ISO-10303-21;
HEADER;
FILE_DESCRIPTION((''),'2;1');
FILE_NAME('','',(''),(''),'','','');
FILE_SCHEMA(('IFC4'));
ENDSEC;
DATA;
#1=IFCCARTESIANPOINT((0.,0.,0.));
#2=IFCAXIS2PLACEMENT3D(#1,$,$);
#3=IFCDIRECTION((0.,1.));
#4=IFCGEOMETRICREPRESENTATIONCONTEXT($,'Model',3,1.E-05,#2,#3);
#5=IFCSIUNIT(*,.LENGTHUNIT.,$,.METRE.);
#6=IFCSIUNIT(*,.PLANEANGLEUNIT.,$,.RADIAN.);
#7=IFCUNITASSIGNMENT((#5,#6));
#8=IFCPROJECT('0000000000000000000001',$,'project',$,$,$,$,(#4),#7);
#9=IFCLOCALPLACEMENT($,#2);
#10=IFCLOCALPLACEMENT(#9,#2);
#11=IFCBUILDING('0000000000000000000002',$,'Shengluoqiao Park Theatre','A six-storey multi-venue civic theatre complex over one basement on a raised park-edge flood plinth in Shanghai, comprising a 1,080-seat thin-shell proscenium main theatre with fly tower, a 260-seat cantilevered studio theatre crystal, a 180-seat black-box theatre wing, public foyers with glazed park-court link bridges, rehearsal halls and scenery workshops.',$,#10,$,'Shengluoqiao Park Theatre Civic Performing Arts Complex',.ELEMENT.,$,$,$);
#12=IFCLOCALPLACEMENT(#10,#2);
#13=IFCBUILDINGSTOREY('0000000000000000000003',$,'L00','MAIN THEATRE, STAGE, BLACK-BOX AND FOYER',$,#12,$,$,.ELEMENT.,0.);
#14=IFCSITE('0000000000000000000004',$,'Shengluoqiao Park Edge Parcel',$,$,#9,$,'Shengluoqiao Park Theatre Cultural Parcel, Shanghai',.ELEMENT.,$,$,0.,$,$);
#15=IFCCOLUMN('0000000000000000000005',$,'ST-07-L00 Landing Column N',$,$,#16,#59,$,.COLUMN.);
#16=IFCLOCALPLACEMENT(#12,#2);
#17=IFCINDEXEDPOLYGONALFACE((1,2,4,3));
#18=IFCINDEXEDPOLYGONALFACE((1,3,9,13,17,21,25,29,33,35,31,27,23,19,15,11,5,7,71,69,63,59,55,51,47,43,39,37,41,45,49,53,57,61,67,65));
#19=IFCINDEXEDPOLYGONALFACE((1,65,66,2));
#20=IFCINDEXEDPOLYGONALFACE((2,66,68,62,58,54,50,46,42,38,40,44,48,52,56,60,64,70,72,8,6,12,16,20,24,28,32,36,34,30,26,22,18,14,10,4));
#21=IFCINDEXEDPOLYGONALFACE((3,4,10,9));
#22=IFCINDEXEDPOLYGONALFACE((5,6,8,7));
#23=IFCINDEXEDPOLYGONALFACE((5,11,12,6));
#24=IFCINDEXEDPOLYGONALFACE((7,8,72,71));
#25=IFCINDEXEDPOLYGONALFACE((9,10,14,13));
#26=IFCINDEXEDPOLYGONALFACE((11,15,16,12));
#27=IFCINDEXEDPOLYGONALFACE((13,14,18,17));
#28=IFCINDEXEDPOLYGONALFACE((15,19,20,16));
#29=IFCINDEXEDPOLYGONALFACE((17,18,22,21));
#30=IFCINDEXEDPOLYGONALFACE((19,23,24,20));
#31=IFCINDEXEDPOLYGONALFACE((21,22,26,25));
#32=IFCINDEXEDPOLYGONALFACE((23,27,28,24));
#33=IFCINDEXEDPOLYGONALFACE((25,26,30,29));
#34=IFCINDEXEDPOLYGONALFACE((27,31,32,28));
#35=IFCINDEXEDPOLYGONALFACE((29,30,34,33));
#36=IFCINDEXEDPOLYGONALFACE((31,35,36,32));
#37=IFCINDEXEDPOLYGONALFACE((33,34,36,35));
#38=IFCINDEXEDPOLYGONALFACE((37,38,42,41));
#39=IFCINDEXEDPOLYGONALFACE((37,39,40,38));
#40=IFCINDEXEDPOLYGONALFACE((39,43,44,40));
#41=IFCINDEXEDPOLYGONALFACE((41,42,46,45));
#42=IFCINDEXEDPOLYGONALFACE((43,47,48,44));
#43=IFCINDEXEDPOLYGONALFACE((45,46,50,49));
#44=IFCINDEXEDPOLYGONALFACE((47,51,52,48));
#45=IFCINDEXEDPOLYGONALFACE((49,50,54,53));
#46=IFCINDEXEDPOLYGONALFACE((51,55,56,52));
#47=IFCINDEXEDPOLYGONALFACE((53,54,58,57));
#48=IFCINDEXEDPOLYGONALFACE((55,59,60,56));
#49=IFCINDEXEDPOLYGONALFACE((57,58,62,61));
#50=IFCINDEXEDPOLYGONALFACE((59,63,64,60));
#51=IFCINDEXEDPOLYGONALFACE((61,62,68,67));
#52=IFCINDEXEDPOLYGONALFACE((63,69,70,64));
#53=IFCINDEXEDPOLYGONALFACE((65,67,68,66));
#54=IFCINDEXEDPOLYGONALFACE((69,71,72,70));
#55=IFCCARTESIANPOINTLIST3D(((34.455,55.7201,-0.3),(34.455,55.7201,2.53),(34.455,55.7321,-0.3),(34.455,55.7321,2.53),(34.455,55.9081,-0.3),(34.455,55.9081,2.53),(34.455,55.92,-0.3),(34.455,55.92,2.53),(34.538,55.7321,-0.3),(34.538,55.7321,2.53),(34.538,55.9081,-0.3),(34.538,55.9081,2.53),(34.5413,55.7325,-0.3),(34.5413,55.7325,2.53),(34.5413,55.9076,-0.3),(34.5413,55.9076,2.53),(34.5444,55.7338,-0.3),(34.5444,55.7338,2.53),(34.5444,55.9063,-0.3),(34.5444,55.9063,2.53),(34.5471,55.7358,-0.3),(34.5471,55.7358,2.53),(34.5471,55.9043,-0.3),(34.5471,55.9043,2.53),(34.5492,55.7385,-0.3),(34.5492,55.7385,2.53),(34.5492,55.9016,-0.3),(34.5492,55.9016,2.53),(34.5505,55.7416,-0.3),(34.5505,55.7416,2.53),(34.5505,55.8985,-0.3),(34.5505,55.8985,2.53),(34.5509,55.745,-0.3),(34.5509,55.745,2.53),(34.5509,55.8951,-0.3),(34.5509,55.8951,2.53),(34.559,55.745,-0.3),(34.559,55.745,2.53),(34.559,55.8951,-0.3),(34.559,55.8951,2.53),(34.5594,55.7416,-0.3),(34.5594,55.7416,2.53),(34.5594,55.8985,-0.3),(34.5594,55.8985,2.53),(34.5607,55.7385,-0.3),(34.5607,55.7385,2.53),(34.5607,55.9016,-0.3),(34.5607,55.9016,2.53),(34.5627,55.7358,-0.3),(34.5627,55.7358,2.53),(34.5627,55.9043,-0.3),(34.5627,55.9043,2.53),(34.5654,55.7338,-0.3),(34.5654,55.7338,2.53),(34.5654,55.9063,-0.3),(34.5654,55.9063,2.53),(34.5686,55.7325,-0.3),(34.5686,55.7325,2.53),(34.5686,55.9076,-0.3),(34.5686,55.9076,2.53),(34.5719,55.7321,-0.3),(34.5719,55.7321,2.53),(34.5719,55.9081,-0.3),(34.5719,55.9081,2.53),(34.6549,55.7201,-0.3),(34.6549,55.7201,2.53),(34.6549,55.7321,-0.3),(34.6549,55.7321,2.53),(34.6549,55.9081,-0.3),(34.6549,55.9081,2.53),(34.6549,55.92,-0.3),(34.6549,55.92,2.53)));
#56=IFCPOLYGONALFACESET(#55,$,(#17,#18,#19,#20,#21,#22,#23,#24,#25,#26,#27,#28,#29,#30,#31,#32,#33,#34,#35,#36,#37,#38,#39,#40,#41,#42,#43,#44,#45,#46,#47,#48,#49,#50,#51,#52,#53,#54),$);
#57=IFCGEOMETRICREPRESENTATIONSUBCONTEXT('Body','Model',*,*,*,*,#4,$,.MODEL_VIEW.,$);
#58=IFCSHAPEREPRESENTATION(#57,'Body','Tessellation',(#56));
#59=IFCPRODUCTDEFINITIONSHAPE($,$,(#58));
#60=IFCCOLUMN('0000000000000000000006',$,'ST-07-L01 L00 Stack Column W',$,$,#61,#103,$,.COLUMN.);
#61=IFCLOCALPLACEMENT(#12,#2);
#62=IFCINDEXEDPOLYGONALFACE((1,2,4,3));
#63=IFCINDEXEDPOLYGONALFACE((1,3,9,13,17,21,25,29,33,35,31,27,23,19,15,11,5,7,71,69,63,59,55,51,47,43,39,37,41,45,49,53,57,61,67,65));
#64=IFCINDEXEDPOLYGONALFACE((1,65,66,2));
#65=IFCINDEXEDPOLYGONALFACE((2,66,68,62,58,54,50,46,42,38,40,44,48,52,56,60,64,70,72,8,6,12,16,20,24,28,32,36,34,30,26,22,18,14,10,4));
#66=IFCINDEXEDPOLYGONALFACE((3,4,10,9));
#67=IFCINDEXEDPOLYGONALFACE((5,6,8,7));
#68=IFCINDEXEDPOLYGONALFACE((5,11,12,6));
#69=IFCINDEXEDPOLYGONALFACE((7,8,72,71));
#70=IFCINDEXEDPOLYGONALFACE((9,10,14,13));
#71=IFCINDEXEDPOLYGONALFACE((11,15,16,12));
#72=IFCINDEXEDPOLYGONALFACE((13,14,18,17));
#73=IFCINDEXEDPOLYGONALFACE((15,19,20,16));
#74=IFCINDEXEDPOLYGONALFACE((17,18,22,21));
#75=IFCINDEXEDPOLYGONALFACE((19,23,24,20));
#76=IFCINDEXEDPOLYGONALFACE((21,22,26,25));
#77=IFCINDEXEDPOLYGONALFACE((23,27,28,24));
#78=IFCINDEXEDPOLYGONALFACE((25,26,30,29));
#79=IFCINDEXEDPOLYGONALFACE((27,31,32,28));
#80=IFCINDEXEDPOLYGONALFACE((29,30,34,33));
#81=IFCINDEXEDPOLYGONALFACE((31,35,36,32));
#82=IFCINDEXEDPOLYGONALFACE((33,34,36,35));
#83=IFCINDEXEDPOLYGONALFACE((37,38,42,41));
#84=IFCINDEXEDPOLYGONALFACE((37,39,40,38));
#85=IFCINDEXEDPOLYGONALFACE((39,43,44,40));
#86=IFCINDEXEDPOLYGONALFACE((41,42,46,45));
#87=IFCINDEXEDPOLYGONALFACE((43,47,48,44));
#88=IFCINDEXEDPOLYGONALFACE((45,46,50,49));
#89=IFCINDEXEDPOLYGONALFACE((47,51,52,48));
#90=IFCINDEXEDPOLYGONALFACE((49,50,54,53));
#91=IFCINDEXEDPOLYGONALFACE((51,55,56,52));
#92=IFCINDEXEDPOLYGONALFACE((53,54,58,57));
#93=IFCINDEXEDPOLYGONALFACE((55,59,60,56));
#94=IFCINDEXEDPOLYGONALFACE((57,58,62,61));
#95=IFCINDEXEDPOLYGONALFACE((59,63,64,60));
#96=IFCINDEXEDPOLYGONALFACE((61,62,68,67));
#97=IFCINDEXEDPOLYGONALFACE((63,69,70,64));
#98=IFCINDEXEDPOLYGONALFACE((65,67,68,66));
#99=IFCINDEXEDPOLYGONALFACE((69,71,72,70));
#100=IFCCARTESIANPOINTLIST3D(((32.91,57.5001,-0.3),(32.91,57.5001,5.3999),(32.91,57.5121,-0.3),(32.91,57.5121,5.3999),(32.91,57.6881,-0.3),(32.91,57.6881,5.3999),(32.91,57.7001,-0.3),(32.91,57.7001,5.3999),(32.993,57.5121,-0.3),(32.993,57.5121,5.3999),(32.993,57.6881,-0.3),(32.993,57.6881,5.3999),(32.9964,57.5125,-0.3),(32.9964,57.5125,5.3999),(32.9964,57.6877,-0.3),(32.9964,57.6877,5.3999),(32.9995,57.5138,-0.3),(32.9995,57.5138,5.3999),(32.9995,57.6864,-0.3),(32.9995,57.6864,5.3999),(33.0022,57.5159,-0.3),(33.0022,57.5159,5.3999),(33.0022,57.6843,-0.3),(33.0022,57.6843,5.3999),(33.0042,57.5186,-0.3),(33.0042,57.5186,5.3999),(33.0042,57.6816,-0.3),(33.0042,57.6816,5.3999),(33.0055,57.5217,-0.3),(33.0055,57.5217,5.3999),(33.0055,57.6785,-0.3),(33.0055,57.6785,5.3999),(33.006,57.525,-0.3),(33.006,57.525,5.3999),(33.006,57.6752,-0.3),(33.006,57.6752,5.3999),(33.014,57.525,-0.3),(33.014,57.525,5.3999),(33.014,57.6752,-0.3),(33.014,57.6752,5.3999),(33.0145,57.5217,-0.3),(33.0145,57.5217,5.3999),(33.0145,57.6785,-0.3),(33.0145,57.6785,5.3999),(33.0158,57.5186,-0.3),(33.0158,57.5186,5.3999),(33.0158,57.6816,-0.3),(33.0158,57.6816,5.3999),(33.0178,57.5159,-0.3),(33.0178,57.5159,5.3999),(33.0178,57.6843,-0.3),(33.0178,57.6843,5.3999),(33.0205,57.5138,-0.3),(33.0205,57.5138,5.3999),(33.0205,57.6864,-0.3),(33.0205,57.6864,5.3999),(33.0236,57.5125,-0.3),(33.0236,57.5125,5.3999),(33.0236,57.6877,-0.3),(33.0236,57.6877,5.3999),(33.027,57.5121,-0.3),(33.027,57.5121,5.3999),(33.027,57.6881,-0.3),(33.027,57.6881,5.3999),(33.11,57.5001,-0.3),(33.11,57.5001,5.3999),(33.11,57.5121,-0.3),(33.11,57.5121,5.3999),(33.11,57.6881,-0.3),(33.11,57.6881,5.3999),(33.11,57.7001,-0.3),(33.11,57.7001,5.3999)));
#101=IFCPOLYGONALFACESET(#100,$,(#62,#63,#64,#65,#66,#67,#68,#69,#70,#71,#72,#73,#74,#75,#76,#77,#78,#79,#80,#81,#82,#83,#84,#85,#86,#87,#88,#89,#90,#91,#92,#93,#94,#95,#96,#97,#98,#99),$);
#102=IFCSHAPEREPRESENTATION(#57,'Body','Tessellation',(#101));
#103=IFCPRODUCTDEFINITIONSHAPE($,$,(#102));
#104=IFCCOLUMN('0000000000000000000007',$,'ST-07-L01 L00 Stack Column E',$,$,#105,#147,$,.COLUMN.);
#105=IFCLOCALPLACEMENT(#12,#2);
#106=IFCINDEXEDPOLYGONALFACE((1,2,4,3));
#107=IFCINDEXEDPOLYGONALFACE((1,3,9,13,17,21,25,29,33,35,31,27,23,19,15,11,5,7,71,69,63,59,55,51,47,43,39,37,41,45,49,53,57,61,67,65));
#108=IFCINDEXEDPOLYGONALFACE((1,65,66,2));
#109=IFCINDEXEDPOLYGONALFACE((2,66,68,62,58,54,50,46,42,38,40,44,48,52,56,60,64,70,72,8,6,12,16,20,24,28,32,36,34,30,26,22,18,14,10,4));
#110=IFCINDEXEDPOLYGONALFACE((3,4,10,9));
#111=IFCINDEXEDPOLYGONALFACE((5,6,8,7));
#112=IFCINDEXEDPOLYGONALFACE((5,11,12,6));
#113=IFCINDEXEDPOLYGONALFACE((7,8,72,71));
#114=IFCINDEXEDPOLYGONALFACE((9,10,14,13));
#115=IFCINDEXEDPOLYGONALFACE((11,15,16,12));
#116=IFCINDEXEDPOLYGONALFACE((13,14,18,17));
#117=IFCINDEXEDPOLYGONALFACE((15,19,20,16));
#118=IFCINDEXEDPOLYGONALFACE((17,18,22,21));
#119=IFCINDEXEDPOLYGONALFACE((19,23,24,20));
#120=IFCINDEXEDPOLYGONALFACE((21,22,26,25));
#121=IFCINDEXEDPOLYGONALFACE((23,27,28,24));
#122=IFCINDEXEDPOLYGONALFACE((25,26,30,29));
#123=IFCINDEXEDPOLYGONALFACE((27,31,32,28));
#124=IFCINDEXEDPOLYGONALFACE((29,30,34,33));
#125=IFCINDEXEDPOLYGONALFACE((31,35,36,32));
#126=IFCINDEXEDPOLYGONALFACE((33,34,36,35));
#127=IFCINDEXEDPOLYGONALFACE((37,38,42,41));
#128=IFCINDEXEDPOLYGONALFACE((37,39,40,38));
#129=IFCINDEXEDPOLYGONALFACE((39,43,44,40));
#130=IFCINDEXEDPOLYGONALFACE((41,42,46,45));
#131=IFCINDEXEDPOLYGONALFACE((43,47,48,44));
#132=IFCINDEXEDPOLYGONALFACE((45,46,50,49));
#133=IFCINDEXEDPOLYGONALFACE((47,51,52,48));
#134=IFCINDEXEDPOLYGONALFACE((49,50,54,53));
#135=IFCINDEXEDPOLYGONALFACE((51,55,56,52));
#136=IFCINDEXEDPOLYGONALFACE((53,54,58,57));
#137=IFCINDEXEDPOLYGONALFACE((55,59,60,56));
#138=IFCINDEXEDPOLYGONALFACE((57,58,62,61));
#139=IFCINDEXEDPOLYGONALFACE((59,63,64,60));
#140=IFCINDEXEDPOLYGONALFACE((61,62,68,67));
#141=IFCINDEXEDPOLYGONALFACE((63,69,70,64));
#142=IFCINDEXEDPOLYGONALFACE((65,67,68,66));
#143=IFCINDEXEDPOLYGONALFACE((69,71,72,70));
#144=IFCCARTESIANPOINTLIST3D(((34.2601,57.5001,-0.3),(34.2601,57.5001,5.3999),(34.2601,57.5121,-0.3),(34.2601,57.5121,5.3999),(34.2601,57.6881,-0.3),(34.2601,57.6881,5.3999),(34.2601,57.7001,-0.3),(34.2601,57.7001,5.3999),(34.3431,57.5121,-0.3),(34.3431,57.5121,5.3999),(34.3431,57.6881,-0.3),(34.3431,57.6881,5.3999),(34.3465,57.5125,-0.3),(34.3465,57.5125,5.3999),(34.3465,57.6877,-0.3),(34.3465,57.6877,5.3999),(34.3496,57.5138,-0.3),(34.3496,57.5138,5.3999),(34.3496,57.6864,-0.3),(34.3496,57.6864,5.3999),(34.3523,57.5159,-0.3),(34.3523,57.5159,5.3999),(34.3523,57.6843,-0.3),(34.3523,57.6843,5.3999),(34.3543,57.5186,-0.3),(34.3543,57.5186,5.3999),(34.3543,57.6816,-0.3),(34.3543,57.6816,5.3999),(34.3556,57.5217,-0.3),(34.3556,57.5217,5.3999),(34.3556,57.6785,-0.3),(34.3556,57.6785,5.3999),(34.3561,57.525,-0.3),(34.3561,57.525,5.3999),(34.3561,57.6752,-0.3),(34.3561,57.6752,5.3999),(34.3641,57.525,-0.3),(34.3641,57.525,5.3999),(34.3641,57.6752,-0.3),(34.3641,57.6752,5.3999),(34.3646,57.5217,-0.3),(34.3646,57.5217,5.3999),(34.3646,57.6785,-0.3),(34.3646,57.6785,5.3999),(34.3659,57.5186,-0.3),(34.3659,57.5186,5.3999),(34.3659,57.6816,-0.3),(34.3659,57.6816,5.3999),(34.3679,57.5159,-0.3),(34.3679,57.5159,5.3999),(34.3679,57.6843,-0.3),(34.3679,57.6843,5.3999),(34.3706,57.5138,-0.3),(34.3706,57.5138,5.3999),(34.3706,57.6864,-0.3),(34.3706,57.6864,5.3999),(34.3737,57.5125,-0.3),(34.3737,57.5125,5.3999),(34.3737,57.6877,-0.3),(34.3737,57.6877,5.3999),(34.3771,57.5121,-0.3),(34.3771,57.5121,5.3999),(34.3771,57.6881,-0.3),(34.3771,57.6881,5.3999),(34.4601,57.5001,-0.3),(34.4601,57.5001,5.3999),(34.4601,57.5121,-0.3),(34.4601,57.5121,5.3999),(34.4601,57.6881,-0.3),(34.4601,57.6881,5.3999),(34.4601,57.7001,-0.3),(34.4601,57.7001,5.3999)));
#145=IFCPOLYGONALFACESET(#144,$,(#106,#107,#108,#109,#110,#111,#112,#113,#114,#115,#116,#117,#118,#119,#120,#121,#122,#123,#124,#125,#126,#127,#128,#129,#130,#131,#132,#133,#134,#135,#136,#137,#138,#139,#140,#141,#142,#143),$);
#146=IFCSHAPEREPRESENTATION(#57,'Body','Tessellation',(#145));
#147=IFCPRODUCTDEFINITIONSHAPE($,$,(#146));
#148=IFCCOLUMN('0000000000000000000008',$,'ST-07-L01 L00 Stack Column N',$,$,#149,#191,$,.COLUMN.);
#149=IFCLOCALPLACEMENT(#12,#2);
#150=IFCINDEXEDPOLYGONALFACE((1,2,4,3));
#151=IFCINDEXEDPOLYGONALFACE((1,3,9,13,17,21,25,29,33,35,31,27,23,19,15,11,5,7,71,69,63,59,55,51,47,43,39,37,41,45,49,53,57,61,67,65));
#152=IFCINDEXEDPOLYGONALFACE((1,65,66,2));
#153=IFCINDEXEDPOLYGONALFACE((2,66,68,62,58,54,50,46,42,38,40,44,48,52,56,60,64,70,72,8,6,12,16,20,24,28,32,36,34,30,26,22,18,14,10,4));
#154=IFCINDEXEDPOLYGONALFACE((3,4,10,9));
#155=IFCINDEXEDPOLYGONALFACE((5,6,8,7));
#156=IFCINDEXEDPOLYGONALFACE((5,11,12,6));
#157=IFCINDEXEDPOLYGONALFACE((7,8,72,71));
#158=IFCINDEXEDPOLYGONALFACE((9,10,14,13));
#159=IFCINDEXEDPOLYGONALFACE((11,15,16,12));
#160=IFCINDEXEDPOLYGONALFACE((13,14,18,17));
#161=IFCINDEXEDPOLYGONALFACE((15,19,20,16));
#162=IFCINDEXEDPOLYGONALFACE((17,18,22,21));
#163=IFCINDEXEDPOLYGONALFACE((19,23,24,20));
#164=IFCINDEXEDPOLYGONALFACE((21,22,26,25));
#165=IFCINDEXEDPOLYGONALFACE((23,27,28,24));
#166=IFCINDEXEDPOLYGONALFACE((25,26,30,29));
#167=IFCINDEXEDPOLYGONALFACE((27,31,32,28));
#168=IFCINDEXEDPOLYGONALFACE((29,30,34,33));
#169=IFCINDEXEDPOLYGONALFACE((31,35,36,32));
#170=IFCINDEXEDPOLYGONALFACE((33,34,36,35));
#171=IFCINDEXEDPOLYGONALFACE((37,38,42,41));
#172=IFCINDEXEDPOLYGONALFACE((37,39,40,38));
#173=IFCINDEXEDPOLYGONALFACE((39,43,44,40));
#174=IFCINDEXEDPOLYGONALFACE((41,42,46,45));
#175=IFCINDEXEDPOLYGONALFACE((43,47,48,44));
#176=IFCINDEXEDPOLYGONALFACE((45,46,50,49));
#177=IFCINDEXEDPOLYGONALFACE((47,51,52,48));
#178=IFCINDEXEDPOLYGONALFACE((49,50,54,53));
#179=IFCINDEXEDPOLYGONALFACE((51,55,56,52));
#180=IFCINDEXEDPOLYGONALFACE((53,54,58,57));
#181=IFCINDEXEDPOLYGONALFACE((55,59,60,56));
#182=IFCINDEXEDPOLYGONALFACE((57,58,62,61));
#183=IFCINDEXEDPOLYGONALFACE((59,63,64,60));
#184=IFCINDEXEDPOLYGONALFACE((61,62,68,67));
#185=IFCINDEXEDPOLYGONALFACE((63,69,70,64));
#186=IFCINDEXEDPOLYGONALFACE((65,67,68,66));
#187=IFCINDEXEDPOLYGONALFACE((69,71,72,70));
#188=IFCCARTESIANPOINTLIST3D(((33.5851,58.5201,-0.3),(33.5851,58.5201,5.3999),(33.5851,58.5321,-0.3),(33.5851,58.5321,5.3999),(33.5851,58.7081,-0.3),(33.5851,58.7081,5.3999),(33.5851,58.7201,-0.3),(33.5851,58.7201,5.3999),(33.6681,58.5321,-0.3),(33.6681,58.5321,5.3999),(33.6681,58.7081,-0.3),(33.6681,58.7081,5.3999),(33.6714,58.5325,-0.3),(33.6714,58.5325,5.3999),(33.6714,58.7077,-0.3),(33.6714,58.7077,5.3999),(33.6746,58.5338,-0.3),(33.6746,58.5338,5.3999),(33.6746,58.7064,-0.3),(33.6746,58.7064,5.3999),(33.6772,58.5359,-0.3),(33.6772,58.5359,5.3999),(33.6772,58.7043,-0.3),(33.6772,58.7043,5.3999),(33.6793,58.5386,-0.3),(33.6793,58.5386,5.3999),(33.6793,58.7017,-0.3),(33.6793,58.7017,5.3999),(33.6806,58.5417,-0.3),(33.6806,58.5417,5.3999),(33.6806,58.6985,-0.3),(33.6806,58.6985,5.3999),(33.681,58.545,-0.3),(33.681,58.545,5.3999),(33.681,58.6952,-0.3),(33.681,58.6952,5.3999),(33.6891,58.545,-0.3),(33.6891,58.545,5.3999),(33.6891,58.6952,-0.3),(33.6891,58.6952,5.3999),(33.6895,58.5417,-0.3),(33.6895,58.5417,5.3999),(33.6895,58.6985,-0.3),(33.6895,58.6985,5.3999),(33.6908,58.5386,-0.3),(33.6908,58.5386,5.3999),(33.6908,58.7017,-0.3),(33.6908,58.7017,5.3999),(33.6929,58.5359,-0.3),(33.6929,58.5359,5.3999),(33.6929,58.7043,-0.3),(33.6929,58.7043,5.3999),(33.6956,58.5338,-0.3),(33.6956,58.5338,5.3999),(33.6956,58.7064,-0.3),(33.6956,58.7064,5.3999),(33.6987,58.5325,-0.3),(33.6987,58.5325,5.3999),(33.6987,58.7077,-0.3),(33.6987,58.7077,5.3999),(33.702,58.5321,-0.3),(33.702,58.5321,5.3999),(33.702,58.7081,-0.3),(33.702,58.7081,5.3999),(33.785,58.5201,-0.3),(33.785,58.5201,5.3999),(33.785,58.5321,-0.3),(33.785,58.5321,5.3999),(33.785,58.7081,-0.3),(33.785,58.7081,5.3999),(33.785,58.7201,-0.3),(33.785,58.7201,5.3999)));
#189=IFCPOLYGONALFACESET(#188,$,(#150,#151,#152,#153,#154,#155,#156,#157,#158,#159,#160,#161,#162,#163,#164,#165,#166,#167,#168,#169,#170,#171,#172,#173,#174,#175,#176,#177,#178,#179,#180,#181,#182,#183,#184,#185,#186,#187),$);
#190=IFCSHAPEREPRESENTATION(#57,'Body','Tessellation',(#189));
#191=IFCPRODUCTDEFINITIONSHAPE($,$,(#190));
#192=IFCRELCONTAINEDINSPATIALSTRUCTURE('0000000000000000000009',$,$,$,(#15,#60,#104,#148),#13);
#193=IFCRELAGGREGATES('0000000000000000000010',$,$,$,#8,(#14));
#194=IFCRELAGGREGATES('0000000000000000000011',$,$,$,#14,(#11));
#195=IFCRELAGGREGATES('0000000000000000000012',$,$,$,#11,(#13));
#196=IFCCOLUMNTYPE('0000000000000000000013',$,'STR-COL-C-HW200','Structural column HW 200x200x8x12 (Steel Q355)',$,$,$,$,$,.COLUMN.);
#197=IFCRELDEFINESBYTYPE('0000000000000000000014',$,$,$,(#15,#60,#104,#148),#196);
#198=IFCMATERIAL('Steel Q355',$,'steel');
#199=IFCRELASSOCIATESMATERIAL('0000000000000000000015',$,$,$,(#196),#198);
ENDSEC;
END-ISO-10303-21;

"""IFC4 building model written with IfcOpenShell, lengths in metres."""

from ifc_helpers import new_model, si_unit, direction, frame, origin, origin_2d, place, context, subcontext, project, spatial, i_section, extrude, material, material_profile, profile_set, type_object, element, save


model = new_model("IFC4")

# Units and contexts
model_context = context("Model", 3, precision=1e-05, world=origin(), true_north=direction((0.0, 1.0)))
body_context = subcontext(model_context, "Body", "Model", "MODEL_VIEW")
ifc_project = project(units=[si_unit("LENGTHUNIT", "METRE"), si_unit("PLANEANGLEUNIT", "RADIAN")], contexts=[model_context])

# Site, building, storey
site_placement = place(None, origin())
site = spatial("IfcSite", under=ifc_project, at=site_placement, Name="Shengluoqiao Park Edge Parcel", LongName="Shengluoqiao Park Theatre Cultural Parcel, Shanghai", CompositionType="ELEMENT", RefElevation=0.0)
building_placement = place(site_placement, origin())
building = spatial("IfcBuilding", under=site, at=building_placement, Name="Shengluoqiao Park Theatre", Description="A six-storey multi-venue civic theatre complex over one basement on a raised park-edge flood plinth in Shanghai, comprising a 1,080-seat thin-shell proscenium main theatre with fly tower, a 260-seat cantilevered studio theatre crystal, a 180-seat black-box theatre wing, public foyers with glazed park-court link bridges, rehearsal halls and scenery workshops.", LongName="Shengluoqiao Park Theatre Civic Performing Arts Complex", CompositionType="ELEMENT")
storey_placement = place(building_placement, origin())
storey = spatial("IfcBuildingStorey", under=building, at=storey_placement, Name="L00", Description="MAIN THEATRE, STAGE, BLACK-BOX AND FOYER", CompositionType="ELEMENT", Elevation=0.0)

# Columns
ifc_material_1 = material(Name="Steel Q355", Category="steel")
ifc_material_profile_1 = material_profile(ifc_material_1, i_section(OverallWidth=0.2, OverallDepth=0.2, WebThickness=0.0081, FlangeThickness=0.012, FilletRadius=0.0129, at=origin_2d()), Name="HW 200x200x8x12")
ifc_profile_set_1 = profile_set([ifc_material_profile_1], Name="Steel Q355")
column_type_1 = type_object("IfcColumnType", Name="STR-COL-C-HW200", Description="Structural column HW 200x200x8x12 (Steel Q355)", PredefinedType="COLUMN", material=ifc_profile_set_1)
for number, where, z_axis, x_axis, name in (
    (1, (34.5549, 55.8201, -0.3), (0.0, 0.0, 1.0), (1.0, 0.0, 0.0), "ST-07-L00 Landing Column N"),
):
    element("IfcColumn", number, at=place(storey_placement, frame(where, z_axis=z_axis, x_axis=x_axis)), inside=storey, type_object=column_type_1, Name=name, PredefinedType="COLUMN", context=body_context, shape_type="SweptSolid", body=[
        extrude(i_section(OverallWidth=0.2, OverallDepth=0.2, WebThickness=0.0081, FlangeThickness=0.012, FilletRadius=0.0129, at=origin_2d()), origin(), (0.0, 0.0, 1.0), 2.8301),
    ])
for number, where, z_axis, x_axis, name in (
    (2, (33.01, 57.6001, -0.3), (0.0, 0.0, 1.0), (1.0, 0.0, 0.0), "ST-07-L01 L00 Stack Column W"),
    (3, (34.3601, 57.6001, -0.3), (0.0, 0.0, 1.0), (1.0, 0.0, 0.0), "ST-07-L01 L00 Stack Column E"),
    (4, (33.6851, 58.6201, -0.3), (0.0, 0.0, 1.0), (1.0, 0.0, 0.0), "ST-07-L01 L00 Stack Column N"),
):
    element("IfcColumn", number, at=place(storey_placement, frame(where, z_axis=z_axis, x_axis=x_axis)), inside=storey, type_object=column_type_1, Name=name, PredefinedType="COLUMN", context=body_context, shape_type="SweptSolid", body=[
        extrude(i_section(OverallWidth=0.2, OverallDepth=0.2, WebThickness=0.0081, FlangeThickness=0.012, FilletRadius=0.0129, at=origin_2d()), origin(), (0.0, 0.0, 1.0), 5.7),
    ])

save(model, "model.ifc")
